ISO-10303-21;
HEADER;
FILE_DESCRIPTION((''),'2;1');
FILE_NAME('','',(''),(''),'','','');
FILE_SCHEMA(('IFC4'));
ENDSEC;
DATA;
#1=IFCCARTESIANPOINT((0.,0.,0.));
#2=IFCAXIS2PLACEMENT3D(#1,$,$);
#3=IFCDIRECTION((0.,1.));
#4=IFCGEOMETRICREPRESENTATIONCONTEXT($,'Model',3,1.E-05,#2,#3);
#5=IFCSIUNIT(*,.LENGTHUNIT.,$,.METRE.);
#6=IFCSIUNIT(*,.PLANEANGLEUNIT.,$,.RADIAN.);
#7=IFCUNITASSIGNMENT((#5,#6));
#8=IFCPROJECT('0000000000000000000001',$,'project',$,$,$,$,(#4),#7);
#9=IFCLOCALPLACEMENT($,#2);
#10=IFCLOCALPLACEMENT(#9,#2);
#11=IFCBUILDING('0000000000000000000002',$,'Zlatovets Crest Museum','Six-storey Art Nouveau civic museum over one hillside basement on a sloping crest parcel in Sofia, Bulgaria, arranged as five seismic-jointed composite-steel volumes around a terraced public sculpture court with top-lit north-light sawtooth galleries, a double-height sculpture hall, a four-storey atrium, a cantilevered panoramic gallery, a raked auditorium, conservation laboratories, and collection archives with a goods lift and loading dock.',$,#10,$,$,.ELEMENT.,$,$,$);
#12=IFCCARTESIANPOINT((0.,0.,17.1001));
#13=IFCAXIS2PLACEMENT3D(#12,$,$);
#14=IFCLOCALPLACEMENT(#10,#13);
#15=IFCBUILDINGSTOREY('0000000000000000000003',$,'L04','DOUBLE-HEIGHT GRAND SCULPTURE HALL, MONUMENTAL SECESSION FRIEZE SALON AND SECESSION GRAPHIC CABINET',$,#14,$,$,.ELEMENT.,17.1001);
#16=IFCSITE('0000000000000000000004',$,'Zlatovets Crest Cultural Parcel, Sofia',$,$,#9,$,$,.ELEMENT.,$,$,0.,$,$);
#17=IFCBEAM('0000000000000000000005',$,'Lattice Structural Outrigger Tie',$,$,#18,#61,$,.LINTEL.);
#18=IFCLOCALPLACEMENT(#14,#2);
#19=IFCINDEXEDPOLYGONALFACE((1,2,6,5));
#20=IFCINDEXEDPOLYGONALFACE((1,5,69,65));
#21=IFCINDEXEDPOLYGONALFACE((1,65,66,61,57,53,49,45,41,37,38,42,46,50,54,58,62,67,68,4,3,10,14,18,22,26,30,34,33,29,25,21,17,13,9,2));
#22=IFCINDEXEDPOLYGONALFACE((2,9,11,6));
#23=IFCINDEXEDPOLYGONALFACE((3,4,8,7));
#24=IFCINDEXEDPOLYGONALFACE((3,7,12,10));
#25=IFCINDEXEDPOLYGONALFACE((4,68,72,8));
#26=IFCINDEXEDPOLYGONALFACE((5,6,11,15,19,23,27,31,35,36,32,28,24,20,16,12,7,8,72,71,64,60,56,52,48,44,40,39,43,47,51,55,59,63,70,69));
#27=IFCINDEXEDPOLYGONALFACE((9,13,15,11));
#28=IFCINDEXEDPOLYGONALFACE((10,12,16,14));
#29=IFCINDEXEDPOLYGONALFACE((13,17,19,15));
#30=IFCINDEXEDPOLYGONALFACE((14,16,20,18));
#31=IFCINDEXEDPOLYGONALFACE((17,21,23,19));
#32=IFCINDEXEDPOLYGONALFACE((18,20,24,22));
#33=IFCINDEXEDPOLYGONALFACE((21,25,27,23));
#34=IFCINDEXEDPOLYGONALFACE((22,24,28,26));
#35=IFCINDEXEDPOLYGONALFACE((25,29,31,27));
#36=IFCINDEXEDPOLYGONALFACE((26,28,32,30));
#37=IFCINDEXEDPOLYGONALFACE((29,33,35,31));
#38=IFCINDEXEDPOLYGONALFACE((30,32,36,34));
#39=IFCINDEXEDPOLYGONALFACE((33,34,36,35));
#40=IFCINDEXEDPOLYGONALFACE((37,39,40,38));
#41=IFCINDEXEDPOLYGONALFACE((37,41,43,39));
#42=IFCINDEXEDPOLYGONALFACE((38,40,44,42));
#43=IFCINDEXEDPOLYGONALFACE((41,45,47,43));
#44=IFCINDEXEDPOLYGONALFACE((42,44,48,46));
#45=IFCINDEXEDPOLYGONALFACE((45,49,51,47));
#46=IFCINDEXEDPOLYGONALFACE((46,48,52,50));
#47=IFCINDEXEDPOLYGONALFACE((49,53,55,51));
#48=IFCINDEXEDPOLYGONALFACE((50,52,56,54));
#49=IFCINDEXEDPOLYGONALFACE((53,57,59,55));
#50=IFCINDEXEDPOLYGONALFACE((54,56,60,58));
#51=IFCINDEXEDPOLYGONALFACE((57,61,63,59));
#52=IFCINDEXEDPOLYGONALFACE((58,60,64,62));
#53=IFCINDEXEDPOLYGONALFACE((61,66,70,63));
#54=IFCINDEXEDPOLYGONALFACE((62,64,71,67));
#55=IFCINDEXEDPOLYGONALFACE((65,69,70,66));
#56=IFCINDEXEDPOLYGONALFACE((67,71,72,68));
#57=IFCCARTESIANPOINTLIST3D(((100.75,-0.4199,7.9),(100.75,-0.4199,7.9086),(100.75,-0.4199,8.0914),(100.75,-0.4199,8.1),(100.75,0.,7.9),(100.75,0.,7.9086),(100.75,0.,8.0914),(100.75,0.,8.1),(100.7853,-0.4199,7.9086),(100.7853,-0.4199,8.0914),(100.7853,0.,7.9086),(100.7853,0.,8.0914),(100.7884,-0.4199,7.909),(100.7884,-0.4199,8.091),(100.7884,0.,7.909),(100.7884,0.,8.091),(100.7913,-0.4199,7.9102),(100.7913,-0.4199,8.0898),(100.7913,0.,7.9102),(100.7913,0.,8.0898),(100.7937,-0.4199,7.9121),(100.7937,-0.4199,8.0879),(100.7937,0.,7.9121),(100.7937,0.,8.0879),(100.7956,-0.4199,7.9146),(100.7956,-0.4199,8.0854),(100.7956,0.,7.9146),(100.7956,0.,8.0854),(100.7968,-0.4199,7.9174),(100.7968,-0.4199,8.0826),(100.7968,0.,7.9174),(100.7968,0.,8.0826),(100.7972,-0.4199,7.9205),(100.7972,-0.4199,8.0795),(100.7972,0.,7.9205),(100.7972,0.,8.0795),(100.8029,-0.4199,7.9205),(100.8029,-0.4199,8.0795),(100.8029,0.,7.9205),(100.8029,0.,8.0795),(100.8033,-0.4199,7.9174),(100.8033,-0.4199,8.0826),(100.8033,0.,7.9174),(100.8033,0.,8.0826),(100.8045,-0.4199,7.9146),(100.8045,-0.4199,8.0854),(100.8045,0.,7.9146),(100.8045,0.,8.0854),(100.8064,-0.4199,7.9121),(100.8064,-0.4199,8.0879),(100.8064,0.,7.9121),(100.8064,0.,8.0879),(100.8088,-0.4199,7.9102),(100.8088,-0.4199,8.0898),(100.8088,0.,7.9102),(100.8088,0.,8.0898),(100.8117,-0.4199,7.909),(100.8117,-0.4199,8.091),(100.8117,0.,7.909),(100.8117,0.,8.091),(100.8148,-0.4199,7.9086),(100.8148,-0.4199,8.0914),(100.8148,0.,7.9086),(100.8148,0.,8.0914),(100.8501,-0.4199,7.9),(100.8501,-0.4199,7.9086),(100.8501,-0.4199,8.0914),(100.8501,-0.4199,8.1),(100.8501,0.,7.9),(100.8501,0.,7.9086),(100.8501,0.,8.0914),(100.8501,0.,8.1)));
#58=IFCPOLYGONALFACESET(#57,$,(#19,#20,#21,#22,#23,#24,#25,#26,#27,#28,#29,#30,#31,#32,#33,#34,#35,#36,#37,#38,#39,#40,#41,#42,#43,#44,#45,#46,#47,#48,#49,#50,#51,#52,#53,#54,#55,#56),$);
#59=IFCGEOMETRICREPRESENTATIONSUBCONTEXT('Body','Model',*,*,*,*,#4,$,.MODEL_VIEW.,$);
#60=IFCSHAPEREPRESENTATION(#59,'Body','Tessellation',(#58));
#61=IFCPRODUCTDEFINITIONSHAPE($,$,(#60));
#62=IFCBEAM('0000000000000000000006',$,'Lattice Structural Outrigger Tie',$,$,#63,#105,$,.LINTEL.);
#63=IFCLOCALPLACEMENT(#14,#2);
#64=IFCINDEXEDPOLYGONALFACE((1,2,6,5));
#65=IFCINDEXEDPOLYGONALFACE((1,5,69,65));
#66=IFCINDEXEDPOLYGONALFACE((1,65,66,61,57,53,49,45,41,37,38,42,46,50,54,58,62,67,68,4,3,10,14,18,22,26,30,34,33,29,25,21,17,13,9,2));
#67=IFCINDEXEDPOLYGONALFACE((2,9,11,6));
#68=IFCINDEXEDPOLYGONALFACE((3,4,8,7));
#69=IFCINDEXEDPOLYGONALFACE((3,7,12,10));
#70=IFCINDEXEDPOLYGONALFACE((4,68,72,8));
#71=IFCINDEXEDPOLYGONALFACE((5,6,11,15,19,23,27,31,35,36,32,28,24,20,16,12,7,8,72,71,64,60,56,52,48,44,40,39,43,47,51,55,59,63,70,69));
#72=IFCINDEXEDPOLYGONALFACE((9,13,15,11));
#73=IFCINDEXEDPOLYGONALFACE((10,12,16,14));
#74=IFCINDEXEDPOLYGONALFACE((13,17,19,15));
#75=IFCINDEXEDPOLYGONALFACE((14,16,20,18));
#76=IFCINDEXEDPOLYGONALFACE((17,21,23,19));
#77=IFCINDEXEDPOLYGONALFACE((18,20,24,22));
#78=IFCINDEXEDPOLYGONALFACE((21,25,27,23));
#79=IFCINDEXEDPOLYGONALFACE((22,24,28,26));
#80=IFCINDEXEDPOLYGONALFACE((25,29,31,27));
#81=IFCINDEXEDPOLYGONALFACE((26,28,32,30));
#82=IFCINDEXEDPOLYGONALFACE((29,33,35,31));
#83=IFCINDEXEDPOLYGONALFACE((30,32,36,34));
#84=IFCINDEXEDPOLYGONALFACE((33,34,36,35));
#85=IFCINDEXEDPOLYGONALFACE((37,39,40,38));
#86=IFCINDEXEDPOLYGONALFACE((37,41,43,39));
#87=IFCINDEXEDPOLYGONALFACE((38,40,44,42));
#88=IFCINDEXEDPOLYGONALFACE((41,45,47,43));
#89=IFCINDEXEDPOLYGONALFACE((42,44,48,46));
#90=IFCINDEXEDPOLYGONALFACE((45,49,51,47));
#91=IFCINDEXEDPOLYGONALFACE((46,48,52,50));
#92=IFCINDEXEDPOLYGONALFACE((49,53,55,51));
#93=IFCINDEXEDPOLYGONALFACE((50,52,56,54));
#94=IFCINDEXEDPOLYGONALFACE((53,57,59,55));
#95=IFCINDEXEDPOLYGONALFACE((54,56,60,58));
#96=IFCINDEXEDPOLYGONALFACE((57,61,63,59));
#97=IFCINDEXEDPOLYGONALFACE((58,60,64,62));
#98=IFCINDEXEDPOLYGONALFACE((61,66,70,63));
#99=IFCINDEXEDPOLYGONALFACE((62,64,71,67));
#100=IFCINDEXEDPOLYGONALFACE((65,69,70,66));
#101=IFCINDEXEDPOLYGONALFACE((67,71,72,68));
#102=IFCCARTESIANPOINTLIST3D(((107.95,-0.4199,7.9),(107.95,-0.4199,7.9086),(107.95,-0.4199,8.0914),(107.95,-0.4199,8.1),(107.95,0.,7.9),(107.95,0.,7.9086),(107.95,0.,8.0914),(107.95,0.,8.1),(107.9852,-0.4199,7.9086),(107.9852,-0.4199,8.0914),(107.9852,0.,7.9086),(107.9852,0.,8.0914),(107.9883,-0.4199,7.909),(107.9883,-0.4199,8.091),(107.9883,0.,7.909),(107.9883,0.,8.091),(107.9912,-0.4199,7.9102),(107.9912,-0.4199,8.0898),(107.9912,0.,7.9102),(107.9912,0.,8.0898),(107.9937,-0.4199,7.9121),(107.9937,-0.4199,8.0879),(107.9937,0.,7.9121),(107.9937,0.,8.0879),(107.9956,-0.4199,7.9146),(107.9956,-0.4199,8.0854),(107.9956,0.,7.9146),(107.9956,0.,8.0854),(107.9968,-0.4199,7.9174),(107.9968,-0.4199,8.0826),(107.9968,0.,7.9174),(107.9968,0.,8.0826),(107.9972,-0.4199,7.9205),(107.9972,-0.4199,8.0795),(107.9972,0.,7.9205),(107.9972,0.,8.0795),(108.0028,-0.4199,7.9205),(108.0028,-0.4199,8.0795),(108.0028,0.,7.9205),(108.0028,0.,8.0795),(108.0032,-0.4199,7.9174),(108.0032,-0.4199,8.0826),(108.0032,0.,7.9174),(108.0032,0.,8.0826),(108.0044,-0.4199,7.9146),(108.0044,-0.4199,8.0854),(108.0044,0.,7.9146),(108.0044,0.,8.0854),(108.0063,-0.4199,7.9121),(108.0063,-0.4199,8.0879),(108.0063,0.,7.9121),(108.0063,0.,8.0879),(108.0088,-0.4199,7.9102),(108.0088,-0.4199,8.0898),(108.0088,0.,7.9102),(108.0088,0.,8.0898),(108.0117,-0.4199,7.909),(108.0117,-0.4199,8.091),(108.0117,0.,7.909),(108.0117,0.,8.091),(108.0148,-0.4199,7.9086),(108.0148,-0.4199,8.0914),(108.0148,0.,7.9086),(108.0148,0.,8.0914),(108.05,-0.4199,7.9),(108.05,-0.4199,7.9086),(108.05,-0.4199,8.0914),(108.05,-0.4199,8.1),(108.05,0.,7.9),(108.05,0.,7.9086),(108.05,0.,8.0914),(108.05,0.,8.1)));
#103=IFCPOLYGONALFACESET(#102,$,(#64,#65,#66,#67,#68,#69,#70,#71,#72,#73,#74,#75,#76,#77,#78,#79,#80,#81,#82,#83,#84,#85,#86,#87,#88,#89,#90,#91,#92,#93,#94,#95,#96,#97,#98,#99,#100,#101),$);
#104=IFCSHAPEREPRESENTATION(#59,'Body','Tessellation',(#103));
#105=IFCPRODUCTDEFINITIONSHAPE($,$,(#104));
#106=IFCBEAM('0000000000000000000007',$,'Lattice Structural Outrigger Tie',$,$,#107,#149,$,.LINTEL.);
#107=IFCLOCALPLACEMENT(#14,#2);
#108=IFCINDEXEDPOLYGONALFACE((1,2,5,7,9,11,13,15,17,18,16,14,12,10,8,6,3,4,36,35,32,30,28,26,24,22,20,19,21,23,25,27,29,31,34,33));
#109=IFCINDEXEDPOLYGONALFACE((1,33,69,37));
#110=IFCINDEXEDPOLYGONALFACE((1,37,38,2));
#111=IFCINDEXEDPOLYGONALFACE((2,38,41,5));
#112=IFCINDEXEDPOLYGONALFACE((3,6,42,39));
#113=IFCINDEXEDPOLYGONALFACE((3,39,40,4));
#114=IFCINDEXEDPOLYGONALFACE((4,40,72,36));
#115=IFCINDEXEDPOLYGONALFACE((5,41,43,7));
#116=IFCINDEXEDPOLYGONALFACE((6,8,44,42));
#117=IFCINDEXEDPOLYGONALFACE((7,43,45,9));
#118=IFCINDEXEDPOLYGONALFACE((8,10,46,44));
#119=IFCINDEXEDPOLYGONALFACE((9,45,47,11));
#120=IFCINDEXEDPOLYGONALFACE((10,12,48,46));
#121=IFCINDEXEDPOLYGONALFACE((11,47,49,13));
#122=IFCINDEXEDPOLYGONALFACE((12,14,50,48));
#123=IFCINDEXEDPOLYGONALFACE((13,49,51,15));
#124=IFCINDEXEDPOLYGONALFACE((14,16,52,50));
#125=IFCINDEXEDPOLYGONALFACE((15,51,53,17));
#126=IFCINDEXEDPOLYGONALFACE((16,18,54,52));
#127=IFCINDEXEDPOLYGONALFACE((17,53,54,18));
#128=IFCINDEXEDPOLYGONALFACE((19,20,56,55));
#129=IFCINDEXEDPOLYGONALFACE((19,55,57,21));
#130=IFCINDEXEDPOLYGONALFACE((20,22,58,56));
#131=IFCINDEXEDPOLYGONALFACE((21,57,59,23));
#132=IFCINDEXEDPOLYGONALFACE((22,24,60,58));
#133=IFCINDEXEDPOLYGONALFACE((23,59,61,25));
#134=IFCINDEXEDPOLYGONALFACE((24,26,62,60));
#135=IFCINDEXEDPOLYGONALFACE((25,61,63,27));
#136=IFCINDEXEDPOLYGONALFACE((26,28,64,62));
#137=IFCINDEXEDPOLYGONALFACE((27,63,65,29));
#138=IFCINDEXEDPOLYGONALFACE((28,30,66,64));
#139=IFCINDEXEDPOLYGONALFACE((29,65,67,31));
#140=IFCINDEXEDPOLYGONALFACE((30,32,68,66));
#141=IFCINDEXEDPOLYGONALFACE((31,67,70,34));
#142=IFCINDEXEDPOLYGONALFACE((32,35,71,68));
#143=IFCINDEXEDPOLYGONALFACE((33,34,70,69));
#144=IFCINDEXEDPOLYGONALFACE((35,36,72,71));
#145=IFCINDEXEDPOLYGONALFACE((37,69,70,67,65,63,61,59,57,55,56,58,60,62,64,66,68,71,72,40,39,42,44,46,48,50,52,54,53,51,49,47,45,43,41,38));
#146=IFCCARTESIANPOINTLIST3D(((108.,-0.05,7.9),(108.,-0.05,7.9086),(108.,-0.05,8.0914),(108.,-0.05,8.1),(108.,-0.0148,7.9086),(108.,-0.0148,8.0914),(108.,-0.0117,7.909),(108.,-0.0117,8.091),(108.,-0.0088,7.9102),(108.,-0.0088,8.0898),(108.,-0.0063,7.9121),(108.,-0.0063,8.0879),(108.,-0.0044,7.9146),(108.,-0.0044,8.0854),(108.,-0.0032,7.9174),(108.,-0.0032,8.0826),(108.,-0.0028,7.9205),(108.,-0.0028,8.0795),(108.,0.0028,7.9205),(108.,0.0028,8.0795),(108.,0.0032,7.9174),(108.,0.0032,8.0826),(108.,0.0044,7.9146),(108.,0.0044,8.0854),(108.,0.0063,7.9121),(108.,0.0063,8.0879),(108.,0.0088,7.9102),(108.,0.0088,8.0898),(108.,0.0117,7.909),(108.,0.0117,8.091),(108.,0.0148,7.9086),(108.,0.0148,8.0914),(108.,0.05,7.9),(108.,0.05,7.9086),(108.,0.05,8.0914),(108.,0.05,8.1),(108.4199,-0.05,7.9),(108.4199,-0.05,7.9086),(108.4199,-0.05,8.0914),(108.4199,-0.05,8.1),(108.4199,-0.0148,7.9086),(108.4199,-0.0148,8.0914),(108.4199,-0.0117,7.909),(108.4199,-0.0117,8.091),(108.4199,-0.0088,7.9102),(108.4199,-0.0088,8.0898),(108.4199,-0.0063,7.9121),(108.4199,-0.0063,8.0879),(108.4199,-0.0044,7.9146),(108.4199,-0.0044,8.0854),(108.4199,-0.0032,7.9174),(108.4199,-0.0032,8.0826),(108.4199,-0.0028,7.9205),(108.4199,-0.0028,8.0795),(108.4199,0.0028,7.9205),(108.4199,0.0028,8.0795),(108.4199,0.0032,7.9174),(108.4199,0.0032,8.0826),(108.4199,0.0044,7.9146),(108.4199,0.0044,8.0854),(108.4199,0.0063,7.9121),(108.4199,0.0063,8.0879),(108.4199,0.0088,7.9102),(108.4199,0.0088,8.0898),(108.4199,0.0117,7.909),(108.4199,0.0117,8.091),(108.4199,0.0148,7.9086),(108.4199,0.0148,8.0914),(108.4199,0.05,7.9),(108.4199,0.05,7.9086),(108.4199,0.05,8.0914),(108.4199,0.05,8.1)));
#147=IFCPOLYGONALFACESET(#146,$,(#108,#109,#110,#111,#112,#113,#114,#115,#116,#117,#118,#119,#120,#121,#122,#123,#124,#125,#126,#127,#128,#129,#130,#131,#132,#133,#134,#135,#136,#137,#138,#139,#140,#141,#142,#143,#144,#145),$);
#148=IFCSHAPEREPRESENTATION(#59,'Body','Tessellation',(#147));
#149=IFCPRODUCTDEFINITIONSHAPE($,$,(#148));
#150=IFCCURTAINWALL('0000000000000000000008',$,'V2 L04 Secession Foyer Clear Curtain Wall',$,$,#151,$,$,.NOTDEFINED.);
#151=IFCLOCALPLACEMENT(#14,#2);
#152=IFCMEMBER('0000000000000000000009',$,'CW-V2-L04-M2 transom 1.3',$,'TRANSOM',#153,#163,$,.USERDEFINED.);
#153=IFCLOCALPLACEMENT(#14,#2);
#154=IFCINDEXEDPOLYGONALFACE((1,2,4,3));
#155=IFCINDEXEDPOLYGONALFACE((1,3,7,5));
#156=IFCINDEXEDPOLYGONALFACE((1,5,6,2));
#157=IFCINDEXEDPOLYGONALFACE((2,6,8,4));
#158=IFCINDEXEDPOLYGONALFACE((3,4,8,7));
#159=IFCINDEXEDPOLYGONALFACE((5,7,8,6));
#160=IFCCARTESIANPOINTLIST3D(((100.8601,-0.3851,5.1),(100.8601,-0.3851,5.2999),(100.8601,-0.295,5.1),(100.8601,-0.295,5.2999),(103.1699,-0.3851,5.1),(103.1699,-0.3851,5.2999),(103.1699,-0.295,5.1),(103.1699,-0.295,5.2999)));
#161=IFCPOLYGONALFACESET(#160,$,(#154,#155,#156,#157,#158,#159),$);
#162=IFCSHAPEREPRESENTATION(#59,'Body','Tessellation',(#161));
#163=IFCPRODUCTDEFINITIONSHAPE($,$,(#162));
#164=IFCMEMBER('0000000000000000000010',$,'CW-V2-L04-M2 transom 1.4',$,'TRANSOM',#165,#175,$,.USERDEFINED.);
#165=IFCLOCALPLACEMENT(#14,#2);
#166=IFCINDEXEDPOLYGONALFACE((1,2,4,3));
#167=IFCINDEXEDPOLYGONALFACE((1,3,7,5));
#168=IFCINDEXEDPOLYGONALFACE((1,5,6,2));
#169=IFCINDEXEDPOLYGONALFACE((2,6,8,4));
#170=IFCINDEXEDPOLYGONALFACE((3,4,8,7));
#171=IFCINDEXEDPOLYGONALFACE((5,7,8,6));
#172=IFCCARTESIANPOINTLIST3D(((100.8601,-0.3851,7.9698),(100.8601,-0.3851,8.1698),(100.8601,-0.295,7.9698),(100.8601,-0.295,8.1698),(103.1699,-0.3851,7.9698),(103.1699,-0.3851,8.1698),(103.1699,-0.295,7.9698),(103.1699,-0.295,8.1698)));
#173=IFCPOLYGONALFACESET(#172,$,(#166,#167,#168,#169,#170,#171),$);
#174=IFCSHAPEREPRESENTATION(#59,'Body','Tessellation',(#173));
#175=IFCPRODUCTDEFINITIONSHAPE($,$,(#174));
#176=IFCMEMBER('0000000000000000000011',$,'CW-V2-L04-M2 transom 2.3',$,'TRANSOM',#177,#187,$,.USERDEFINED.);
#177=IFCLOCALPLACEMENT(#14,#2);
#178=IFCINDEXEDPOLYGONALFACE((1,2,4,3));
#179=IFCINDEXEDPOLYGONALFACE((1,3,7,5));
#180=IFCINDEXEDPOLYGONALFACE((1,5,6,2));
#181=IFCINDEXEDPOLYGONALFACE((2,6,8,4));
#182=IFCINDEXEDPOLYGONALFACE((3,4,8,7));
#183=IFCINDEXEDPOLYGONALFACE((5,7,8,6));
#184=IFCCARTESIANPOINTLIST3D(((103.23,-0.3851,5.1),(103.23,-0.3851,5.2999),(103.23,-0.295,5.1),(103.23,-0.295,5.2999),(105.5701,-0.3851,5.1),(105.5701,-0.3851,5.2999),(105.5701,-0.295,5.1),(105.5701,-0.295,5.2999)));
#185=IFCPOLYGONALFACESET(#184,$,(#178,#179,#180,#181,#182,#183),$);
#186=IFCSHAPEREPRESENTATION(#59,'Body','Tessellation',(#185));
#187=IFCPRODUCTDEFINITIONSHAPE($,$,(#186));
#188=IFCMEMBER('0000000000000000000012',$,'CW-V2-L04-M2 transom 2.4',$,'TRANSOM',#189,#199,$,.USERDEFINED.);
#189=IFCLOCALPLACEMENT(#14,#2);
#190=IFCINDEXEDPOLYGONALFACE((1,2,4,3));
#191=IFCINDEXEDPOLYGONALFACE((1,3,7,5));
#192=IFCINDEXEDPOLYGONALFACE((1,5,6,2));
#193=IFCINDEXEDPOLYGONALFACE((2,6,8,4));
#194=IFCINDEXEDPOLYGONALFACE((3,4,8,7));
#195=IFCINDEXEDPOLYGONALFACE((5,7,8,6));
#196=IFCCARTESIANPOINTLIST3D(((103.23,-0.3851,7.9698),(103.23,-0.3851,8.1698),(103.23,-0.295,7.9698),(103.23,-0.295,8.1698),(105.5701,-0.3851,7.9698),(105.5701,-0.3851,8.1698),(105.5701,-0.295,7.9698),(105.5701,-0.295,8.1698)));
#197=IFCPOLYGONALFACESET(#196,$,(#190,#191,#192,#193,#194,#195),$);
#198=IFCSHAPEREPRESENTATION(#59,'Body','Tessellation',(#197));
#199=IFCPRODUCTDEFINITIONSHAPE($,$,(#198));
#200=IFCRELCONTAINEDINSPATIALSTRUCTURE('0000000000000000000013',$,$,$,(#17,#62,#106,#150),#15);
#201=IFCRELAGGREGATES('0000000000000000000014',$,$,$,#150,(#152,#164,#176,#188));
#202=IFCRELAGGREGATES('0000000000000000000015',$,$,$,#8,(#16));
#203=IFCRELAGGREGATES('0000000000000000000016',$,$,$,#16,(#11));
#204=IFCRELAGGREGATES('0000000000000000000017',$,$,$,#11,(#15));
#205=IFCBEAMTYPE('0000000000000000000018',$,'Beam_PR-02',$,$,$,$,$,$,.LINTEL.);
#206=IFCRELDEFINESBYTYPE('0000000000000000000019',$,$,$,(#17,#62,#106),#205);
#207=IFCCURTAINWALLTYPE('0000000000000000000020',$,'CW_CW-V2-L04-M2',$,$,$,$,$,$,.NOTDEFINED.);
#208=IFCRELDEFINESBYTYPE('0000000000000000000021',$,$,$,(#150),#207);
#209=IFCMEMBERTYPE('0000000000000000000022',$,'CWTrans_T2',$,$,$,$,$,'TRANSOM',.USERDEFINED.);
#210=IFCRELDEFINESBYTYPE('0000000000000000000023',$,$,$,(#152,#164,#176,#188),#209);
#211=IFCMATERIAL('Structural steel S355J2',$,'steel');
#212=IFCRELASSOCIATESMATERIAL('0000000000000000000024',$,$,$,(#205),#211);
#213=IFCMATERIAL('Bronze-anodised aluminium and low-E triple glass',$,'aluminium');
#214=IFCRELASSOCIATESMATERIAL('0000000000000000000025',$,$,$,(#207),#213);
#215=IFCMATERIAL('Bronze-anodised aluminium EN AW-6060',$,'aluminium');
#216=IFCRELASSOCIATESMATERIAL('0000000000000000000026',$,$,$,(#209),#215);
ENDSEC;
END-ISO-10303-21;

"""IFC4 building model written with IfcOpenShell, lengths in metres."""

from ifc_helpers import new_model, si_unit, direction, frame, origin, origin_2d, place, context, subcontext, project, spatial, rectangle, i_section, extrude, material, material_profile, profile_set, type_object, element, aggregate, save


model = new_model("IFC4")

# Units and contexts
model_context = context("Model", 3, precision=1e-05, world=origin(), true_north=direction((0.0, 1.0)))
body_context = subcontext(model_context, "Body", "Model", "MODEL_VIEW")
ifc_project = project(units=[si_unit("LENGTHUNIT", "METRE"), si_unit("PLANEANGLEUNIT", "RADIAN")], contexts=[model_context])

# Site, building, storey
site_placement = place(None, origin())
site = spatial("IfcSite", under=ifc_project, at=site_placement, Name="Zlatovets Crest Cultural Parcel, Sofia", CompositionType="ELEMENT", RefElevation=0.0)
building_placement = place(site_placement, origin())
building = spatial("IfcBuilding", under=site, at=building_placement, Name="Zlatovets Crest Museum", Description="Six-storey Art Nouveau civic museum over one hillside basement on a sloping crest parcel in Sofia, Bulgaria, arranged as five seismic-jointed composite-steel volumes around a terraced public sculpture court with top-lit north-light sawtooth galleries, a double-height sculpture hall, a four-storey atrium, a cantilevered panoramic gallery, a raked auditorium, conservation laboratories, and collection archives with a goods lift and loading dock.", CompositionType="ELEMENT")
storey_placement = place(building_placement, frame((0.0, 0.0, 17.1001)))
storey = spatial("IfcBuildingStorey", under=building, at=storey_placement, Name="L04", Description="DOUBLE-HEIGHT GRAND SCULPTURE HALL, MONUMENTAL SECESSION FRIEZE SALON AND SECESSION GRAPHIC CABINET", CompositionType="ELEMENT", Elevation=17.1001)

# Beams
ifc_material_1 = material(Name="Structural steel S355J2", Category="steel")
ifc_material_profile_1 = material_profile(ifc_material_1, i_section(OverallWidth=0.1001, OverallDepth=0.2, WebThickness=0.0056, FlangeThickness=0.0085, FilletRadius=0.012, at=origin_2d()), Name="IPE 200")
ifc_profile_set_1 = profile_set([ifc_material_profile_1], Name="Structural steel S355J2")
beam_type = type_object("IfcBeamType", Name="Beam_PR-02", PredefinedType="LINTEL", material=ifc_profile_set_1)
for number, where, z_axis, x_axis, name in (
    (1, (100.8, 0.0, 8.0), (0.0, -1.0, 0.0), (1.0, 0.0, 0.0), "Lattice Structural Outrigger Tie"),
    (2, (108.0, 0.0, 8.0), (0.0, -1.0, 0.0), (1.0, 0.0, 0.0), "Lattice Structural Outrigger Tie"),
    (3, (108.0, 0.0, 8.0), (1.0, 0.0, 0.0), (0.0, 1.0, 0.0), "Lattice Structural Outrigger Tie"),
):
    element("IfcBeam", number, at=place(storey_placement, frame(where, z_axis=z_axis, x_axis=x_axis)), inside=storey, type_object=beam_type, Name=name, PredefinedType="LINTEL", context=body_context, shape_type="SweptSolid", body=[
        extrude(i_section(OverallWidth=0.1001, OverallDepth=0.2, WebThickness=0.0056, FlangeThickness=0.0085, FilletRadius=0.012, at=origin_2d()), origin(), (0.0, 0.0, 1.0), 0.4199),
    ])

# Curtain wall, members
ifc_material_2 = material(Name="Bronze-anodised aluminium and low-E triple glass", Category="aluminium")
curtain_wall_type = type_object("IfcCurtainWallType", Name="CW_CW-V2-L04-M2", PredefinedType="NOTDEFINED", material=ifc_material_2)
curtain_wall_placement = place(storey_placement, origin())
curtain_wall = element("IfcCurtainWall", 4, at=curtain_wall_placement, inside=storey, type_object=curtain_wall_type, Name="V2 L04 Secession Foyer Clear Curtain Wall", PredefinedType="NOTDEFINED")
ifc_material_3 = material(Name="Bronze-anodised aluminium EN AW-6060", Category="aluminium")
ifc_material_profile_2 = material_profile(ifc_material_3, rectangle(XDim=0.0901, YDim=0.2, at=origin_2d()), Name="ALU 90x200")
ifc_profile_set_2 = profile_set([ifc_material_profile_2], Name="Bronze-anodised aluminium EN AW-6060")
member_type_1 = type_object("IfcMemberType", Name="CWTrans_T2", ElementType="TRANSOM", PredefinedType="USERDEFINED", material=ifc_profile_set_2)
member_1_placement = place(storey_placement, frame((100.8601, -0.3401, 5.2), z_axis=(1.0, 0.0, 0.0), x_axis=(0.0, 1.0, 0.0)))
member_1 = element("IfcMember", 5, at=member_1_placement, type_object=member_type_1, Name="CW-V2-L04-M2 transom 1.3", ObjectType="TRANSOM", PredefinedType="USERDEFINED", context=body_context, shape_type="SweptSolid", body=[
    extrude(rectangle(XDim=0.0901, YDim=0.2, at=origin_2d()), origin(), (0.0, 0.0, 1.0), 2.3098),
])
member_2_placement = place(storey_placement, frame((100.8601, -0.3401, 8.0698), z_axis=(1.0, 0.0, 0.0), x_axis=(0.0, 1.0, 0.0)))
member_2 = element("IfcMember", 6, at=member_2_placement, type_object=member_type_1, Name="CW-V2-L04-M2 transom 1.4", ObjectType="TRANSOM", PredefinedType="USERDEFINED", context=body_context, shape_type="SweptSolid", body=[
    extrude(rectangle(XDim=0.0901, YDim=0.2, at=origin_2d()), origin(), (0.0, 0.0, 1.0), 2.3098),
])
member_3_placement = place(storey_placement, frame((103.23, -0.3401, 5.2), z_axis=(1.0, 0.0, 0.0), x_axis=(0.0, 1.0, 0.0)))
member_3 = element("IfcMember", 7, at=member_3_placement, type_object=member_type_1, Name="CW-V2-L04-M2 transom 2.3", ObjectType="TRANSOM", PredefinedType="USERDEFINED", context=body_context, shape_type="SweptSolid", body=[
    extrude(rectangle(XDim=0.0901, YDim=0.2, at=origin_2d()), origin(), (0.0, 0.0, 1.0), 2.3401),
])
member_4_placement = place(storey_placement, frame((103.23, -0.3401, 8.0698), z_axis=(1.0, 0.0, 0.0), x_axis=(0.0, 1.0, 0.0)))
member_4 = element("IfcMember", 8, at=member_4_placement, type_object=member_type_1, Name="CW-V2-L04-M2 transom 2.4", ObjectType="TRANSOM", PredefinedType="USERDEFINED", context=body_context, shape_type="SweptSolid", body=[
    extrude(rectangle(XDim=0.0901, YDim=0.2, at=origin_2d()), origin(), (0.0, 0.0, 1.0), 2.3401),
])

aggregate(curtain_wall, [member_1, member_2, member_3, member_4])

save(model, "model.ifc")
